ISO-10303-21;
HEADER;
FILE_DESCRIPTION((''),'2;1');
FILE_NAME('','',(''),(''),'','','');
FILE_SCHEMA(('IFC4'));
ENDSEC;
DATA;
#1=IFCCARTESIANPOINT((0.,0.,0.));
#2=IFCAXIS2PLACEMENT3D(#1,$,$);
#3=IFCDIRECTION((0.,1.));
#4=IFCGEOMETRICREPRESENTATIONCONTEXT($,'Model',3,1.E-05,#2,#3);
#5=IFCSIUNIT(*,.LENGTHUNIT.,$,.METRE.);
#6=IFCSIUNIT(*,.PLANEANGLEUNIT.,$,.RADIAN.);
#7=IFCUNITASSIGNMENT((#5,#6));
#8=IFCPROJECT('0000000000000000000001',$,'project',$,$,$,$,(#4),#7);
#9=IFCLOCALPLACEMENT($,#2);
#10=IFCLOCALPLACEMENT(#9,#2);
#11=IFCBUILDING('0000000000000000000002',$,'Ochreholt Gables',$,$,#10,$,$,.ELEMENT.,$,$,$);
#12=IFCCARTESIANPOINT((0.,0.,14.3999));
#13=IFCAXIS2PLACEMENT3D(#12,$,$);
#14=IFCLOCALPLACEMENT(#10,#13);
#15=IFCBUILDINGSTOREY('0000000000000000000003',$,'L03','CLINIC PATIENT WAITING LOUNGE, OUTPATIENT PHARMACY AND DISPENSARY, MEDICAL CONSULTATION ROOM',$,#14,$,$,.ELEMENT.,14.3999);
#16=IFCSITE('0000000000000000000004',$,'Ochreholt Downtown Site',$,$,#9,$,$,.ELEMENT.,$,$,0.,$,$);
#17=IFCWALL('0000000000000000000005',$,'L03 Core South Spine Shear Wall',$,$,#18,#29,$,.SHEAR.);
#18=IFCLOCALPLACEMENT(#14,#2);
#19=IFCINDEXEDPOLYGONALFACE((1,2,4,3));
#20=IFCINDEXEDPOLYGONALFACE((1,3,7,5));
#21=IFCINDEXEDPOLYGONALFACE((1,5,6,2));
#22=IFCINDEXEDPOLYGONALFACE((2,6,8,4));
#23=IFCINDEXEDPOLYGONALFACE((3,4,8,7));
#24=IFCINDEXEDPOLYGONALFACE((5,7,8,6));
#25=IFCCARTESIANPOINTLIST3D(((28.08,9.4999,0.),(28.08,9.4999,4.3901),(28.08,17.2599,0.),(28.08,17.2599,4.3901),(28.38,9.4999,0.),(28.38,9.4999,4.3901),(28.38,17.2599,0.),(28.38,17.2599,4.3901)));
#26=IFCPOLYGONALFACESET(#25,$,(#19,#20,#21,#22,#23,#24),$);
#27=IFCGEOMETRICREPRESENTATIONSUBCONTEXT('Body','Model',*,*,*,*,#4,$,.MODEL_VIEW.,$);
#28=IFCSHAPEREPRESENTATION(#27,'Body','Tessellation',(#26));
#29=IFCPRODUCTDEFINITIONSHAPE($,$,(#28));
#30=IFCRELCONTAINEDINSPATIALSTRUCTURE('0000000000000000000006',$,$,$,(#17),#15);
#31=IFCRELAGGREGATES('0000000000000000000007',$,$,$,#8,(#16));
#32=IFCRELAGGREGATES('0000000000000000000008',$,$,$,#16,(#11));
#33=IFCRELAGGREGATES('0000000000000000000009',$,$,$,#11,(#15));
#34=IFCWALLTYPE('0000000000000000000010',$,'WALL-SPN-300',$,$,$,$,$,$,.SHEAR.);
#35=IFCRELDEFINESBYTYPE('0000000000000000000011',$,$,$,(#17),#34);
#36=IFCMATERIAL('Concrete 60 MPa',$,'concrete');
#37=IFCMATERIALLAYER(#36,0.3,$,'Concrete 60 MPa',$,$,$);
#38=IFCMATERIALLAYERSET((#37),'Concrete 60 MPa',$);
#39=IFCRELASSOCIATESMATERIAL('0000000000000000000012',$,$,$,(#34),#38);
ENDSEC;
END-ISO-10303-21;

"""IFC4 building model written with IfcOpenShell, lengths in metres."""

from ifc_helpers import new_model, si_unit, direction, frame, frame_2d, origin, place, context, subcontext, project, spatial, rectangle, extrude, material, layer, layer_set, type_object, element, save


model = new_model("IFC4")

# Units and contexts
model_context = context("Model", 3, precision=1e-05, world=origin(), true_north=direction((0.0, 1.0)))
body_context = subcontext(model_context, "Body", "Model", "MODEL_VIEW")
ifc_project = project(units=[si_unit("LENGTHUNIT", "METRE"), si_unit("PLANEANGLEUNIT", "RADIAN")], contexts=[model_context])

# Site, building, storey
site_placement = place(None, origin())
site = spatial("IfcSite", under=ifc_project, at=site_placement, Name="Ochreholt Downtown Site", CompositionType="ELEMENT", RefElevation=0.0)
building_placement = place(site_placement, origin())
building = spatial("IfcBuilding", under=site, at=building_placement, Name="Ochreholt Gables", CompositionType="ELEMENT")
storey_placement = place(building_placement, frame((0.0, 0.0, 14.3999)))
storey = spatial("IfcBuildingStorey", under=building, at=storey_placement, Name="L03", Description="CLINIC PATIENT WAITING LOUNGE, OUTPATIENT PHARMACY AND DISPENSARY, MEDICAL CONSULTATION ROOM", CompositionType="ELEMENT", Elevation=14.3999)

# Shared definitions
ifc_material_1 = material(Name="Concrete 60 MPa", Category="concrete")

# Wall
ifc_layer_1 = layer(ifc_material_1, 0.3, Name="Concrete 60 MPa")
ifc_layer_set_1 = layer_set([ifc_layer_1], Name="Concrete 60 MPa")
wall_type_1 = type_object("IfcWallType", Name="WALL-SPN-300", PredefinedType="SHEAR", material=ifc_layer_set_1)
wall_1_placement = place(storey_placement, frame((28.23, 9.5, 0.0), z_axis=(0.0, 0.0, 1.0), x_axis=(0.0, 1.0, 0.0)))
element("IfcWall", 1, at=wall_1_placement, inside=storey, type_object=wall_type_1, Name="L03 Core South Spine Shear Wall", PredefinedType="SHEAR", context=body_context, shape_type="SweptSolid", body=[
    extrude(rectangle(XDim=7.76, YDim=0.3, at=frame_2d((3.8799, 0.0))), origin(), (0.0, 0.0, 1.0), 4.3901),
])

save(model, "model.ifc")
